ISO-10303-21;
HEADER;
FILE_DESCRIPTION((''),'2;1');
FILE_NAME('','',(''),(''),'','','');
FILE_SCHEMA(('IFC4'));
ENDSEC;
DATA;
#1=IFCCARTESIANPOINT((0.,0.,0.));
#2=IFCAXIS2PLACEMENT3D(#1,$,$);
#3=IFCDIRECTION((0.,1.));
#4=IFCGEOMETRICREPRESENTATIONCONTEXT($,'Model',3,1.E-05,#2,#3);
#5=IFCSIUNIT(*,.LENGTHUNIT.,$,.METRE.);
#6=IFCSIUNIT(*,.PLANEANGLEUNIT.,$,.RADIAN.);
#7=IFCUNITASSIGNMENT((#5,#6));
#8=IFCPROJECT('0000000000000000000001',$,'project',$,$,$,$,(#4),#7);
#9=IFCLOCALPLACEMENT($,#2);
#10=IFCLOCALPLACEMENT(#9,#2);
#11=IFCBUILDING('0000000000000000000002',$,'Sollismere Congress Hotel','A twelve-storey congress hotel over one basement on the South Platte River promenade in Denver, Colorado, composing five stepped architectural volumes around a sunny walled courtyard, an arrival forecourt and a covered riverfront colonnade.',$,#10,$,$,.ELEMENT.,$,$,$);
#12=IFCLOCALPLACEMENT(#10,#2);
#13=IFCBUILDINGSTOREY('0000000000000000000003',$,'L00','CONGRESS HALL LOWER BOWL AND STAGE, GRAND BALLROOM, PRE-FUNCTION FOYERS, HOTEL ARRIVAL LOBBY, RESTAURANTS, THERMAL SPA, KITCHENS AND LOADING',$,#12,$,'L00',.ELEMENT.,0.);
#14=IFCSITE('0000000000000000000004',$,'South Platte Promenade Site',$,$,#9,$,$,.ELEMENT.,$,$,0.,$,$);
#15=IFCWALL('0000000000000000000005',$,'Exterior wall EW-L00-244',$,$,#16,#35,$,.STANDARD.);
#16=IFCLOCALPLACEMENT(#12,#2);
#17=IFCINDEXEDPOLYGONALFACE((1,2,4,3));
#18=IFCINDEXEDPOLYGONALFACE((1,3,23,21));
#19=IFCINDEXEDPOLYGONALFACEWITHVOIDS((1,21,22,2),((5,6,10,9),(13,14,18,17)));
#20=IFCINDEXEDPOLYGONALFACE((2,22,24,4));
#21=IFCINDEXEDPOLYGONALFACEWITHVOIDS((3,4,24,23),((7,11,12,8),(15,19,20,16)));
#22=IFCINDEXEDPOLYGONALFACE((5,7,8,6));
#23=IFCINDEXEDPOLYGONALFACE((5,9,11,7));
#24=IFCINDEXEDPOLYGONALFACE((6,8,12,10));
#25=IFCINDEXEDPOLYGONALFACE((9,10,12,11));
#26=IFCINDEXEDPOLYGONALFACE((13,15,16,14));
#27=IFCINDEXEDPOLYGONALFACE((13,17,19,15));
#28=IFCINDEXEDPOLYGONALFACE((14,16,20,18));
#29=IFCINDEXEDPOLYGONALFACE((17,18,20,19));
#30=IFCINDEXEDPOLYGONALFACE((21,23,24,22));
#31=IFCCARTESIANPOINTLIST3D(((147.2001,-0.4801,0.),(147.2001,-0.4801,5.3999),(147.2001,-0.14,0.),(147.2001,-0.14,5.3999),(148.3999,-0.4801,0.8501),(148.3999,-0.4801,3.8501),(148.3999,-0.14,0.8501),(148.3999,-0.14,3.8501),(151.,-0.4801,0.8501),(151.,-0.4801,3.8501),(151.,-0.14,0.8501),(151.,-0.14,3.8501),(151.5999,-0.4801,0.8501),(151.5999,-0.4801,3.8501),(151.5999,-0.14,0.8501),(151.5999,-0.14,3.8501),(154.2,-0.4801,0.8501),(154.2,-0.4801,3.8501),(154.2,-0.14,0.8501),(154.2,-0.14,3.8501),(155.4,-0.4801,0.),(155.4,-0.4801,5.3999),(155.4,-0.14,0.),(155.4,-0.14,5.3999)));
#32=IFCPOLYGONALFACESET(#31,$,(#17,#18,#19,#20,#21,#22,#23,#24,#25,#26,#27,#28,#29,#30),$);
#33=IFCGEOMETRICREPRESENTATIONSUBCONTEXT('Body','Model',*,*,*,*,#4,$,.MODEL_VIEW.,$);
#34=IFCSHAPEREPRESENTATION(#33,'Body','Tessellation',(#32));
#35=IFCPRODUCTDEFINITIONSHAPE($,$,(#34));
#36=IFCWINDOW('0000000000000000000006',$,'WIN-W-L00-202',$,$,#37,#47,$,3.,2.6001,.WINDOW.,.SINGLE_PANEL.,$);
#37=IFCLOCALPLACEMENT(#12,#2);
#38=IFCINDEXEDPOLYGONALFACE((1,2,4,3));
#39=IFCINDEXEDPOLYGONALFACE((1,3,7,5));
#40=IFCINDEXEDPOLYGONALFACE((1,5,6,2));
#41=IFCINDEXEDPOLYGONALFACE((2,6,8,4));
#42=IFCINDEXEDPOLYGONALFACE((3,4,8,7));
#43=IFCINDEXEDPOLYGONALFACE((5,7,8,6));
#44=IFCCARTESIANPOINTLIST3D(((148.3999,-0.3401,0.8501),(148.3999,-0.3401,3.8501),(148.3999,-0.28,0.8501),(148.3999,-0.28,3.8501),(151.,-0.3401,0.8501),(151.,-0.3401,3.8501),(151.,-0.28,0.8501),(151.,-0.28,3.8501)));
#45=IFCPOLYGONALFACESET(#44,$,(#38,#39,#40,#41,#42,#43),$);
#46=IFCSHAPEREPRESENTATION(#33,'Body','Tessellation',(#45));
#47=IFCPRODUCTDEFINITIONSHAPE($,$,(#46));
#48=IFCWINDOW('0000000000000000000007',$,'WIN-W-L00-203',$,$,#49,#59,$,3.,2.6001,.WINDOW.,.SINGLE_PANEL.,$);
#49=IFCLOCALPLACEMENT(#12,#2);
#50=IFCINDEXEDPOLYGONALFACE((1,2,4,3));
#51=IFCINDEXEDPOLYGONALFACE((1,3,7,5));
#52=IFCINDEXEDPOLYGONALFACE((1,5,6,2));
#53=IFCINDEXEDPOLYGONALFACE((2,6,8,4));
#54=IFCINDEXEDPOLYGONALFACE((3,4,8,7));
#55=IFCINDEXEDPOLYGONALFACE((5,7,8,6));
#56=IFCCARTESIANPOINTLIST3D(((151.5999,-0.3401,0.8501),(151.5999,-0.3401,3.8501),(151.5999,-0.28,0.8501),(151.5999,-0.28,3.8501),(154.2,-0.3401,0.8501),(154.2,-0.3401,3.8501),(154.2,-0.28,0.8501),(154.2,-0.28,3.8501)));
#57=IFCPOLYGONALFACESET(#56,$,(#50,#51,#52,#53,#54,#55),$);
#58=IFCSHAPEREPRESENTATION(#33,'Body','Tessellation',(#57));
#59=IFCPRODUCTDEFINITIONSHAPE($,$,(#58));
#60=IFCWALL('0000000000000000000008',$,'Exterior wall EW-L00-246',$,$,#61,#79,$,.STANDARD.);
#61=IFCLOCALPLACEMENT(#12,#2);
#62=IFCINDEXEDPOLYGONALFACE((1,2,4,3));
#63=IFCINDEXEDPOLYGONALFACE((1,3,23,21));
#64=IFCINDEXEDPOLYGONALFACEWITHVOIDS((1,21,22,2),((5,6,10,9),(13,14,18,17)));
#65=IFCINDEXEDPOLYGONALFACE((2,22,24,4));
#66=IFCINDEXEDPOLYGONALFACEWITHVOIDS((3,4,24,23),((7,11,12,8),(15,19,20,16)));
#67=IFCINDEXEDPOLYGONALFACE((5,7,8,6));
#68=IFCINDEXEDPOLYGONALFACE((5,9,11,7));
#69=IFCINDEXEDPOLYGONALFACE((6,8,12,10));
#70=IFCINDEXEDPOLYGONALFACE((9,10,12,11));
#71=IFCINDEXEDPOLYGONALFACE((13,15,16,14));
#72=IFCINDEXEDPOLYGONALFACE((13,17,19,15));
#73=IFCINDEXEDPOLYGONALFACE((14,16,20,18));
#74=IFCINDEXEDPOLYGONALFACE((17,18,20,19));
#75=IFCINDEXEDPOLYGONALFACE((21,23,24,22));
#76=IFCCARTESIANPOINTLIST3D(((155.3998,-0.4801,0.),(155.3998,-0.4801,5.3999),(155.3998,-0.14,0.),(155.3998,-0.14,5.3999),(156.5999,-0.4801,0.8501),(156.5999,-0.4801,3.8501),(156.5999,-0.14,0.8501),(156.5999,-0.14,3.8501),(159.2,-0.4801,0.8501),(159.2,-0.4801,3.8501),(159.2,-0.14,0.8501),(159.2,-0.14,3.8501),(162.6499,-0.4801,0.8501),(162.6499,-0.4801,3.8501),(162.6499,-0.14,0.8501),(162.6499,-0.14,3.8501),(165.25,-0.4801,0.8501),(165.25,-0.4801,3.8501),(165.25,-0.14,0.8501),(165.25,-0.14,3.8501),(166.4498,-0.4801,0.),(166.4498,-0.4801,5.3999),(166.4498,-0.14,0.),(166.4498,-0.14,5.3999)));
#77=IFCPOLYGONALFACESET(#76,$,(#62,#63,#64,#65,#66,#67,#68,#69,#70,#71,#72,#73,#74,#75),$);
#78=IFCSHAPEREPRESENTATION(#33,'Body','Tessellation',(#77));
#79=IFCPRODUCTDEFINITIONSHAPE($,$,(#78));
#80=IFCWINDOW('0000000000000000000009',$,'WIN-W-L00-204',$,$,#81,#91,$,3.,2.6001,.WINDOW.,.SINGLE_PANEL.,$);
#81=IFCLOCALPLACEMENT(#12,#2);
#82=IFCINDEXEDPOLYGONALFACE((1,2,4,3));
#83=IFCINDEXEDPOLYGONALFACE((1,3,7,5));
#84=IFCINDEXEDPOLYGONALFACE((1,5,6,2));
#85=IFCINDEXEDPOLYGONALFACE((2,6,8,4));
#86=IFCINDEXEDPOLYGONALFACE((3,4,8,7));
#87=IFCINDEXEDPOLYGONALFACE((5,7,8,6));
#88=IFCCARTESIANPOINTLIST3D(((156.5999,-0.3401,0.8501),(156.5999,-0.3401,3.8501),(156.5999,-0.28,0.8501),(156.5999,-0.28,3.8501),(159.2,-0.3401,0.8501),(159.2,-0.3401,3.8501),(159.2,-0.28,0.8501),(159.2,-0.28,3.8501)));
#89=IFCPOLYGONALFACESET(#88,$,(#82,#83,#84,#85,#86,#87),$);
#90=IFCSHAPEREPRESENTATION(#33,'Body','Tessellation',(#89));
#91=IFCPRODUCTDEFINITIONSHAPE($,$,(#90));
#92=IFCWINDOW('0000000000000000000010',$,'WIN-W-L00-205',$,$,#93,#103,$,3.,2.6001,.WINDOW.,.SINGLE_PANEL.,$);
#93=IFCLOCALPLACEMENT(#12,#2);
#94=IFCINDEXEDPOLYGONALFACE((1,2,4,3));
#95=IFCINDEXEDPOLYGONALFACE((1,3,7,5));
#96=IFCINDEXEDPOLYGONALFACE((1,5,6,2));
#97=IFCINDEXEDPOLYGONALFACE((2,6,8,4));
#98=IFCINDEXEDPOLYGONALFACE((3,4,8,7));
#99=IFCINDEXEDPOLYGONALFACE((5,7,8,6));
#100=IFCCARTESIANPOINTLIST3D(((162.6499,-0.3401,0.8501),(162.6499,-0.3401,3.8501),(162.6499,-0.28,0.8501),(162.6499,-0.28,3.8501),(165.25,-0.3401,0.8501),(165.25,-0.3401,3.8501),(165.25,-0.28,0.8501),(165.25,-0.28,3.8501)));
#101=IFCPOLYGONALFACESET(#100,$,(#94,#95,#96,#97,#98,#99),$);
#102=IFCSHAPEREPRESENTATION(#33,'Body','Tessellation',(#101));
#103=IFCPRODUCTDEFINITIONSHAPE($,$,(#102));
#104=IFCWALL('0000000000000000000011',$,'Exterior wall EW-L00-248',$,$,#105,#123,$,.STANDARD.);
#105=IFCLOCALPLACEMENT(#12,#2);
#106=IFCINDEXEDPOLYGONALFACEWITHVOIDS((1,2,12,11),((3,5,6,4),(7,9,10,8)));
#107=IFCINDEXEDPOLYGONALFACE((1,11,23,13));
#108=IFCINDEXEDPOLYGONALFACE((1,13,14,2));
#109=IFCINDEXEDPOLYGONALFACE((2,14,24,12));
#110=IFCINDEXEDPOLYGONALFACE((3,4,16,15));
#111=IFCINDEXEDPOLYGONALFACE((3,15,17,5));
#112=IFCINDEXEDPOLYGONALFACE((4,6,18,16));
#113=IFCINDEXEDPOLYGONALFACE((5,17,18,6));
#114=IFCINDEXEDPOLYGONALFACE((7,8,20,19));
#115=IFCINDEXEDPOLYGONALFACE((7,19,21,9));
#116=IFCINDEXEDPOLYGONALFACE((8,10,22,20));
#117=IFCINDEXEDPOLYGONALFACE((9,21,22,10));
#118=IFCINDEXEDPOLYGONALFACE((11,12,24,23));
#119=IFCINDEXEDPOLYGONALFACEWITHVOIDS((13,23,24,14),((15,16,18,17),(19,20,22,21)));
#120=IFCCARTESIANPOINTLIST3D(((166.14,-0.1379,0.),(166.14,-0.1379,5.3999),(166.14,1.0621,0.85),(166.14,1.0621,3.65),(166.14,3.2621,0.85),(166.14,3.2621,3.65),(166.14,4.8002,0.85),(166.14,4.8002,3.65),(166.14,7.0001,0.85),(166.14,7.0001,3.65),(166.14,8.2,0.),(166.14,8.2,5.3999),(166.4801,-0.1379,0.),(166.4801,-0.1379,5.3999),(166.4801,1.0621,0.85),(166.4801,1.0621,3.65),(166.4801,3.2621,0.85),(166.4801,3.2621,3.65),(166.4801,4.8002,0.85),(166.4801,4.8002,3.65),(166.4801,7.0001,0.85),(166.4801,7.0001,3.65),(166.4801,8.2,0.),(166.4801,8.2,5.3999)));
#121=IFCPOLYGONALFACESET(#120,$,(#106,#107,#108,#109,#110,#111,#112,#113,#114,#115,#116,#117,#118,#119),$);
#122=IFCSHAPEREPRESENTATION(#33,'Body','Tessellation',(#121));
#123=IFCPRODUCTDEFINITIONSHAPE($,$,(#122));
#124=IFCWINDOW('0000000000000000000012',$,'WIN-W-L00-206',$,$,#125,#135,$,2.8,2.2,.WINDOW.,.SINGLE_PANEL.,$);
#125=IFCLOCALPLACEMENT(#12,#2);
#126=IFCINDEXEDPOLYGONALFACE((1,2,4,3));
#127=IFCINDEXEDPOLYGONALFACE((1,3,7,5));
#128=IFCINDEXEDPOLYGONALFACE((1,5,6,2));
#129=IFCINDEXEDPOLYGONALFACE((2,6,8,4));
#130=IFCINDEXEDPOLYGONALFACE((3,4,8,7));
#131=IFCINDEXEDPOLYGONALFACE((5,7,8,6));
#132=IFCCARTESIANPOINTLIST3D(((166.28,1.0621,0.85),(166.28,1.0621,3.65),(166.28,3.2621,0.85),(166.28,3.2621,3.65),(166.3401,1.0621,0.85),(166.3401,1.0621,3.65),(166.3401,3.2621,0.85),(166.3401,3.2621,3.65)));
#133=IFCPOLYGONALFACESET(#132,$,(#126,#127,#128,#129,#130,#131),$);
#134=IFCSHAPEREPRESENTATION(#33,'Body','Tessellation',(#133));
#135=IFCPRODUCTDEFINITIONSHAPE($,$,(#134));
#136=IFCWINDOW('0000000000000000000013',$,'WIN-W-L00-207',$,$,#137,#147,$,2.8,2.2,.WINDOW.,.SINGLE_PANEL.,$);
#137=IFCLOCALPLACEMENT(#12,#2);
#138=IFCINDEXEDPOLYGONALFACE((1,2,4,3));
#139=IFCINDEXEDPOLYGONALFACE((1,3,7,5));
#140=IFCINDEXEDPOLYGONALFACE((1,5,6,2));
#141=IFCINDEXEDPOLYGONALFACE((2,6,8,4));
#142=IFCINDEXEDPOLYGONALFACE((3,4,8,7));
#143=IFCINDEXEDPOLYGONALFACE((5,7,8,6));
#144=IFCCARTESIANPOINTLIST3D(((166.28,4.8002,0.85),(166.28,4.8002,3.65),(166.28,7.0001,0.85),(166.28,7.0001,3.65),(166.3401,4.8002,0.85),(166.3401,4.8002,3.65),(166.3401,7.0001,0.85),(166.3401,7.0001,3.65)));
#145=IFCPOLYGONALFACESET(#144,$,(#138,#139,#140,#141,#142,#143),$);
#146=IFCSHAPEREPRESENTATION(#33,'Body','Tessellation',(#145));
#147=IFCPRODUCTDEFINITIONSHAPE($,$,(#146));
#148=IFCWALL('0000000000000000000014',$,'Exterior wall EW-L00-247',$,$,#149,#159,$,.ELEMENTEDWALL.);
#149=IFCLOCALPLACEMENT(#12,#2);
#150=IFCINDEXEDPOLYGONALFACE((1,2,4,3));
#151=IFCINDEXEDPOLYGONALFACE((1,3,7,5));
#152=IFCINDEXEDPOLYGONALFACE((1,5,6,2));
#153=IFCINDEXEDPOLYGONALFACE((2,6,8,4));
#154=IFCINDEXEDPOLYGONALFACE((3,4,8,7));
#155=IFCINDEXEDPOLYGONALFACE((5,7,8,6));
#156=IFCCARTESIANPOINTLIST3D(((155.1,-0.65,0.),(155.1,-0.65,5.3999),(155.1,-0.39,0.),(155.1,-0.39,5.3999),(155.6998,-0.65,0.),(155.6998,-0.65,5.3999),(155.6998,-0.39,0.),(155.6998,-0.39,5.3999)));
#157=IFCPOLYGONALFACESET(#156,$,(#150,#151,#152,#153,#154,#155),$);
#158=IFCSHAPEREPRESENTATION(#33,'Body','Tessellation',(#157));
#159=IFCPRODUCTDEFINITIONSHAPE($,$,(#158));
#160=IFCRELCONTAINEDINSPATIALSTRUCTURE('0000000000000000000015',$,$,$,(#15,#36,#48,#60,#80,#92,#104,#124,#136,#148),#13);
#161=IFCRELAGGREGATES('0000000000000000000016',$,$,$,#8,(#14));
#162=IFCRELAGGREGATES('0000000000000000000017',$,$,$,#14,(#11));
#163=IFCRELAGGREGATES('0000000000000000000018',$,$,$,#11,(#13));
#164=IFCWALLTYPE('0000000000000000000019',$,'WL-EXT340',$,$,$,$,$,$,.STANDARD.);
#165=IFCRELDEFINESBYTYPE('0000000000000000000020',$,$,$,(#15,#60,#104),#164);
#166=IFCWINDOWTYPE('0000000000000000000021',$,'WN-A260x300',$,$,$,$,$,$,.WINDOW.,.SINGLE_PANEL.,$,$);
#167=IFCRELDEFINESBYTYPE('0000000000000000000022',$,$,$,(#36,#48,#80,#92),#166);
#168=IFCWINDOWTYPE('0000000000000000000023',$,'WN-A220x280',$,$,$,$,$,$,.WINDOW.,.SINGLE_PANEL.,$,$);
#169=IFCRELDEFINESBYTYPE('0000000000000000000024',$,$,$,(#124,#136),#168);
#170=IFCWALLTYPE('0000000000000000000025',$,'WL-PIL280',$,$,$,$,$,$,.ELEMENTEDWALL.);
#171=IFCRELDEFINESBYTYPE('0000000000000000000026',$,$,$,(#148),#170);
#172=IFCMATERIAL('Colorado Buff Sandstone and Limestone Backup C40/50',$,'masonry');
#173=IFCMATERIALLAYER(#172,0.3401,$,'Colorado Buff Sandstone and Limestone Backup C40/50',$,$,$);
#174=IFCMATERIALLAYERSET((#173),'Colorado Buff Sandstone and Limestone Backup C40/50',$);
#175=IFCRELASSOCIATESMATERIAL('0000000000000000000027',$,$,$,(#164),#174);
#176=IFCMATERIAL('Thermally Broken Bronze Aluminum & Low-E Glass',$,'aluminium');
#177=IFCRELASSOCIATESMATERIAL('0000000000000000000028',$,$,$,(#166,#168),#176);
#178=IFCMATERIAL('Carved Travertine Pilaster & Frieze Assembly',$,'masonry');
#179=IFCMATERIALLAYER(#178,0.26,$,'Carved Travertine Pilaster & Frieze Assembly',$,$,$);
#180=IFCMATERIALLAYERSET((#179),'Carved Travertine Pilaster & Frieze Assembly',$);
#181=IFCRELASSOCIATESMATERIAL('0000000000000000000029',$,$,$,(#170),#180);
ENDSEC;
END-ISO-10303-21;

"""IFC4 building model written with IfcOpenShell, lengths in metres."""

from ifc_helpers import new_model, si_unit, direction, frame, frame_2d, origin, place, context, subcontext, project, spatial, rectangle, extrude, material, layer, layer_set, type_object, element, fill, save


model = new_model("IFC4")

# Units and contexts
model_context = context("Model", 3, precision=1e-05, world=origin(), true_north=direction((0.0, 1.0)))
body_context = subcontext(model_context, "Body", "Model", "MODEL_VIEW")
ifc_project = project(units=[si_unit("LENGTHUNIT", "METRE"), si_unit("PLANEANGLEUNIT", "RADIAN")], contexts=[model_context])

# Site, building, storey
site_placement = place(None, origin())
site = spatial("IfcSite", under=ifc_project, at=site_placement, Name="South Platte Promenade Site", CompositionType="ELEMENT", RefElevation=0.0)
building_placement = place(site_placement, origin())
building = spatial("IfcBuilding", under=site, at=building_placement, Name="Sollismere Congress Hotel", Description="A twelve-storey congress hotel over one basement on the South Platte River promenade in Denver, Colorado, composing five stepped architectural volumes around a sunny walled courtyard, an arrival forecourt and a covered riverfront colonnade.", CompositionType="ELEMENT")
storey_placement = place(building_placement, origin())
storey = spatial("IfcBuildingStorey", under=building, at=storey_placement, Name="L00", Description="CONGRESS HALL LOWER BOWL AND STAGE, GRAND BALLROOM, PRE-FUNCTION FOYERS, HOTEL ARRIVAL LOBBY, RESTAURANTS, THERMAL SPA, KITCHENS AND LOADING", LongName="L00", CompositionType="ELEMENT", Elevation=0.0)

# Walls, openings, windows
ifc_material_1 = material(Name="Colorado Buff Sandstone and Limestone Backup C40/50", Category="masonry")
ifc_layer_1 = layer(ifc_material_1, 0.3401, Name="Colorado Buff Sandstone and Limestone Backup C40/50")
ifc_layer_set_1 = layer_set([ifc_layer_1], Name="Colorado Buff Sandstone and Limestone Backup C40/50")
wall_type_1 = type_object("IfcWallType", Name="WL-EXT340", PredefinedType="STANDARD", material=ifc_layer_set_1)
wall_1_placement = place(storey_placement, frame((147.2, -0.3101, 0.0), z_axis=(0.0, 0.0, 1.0), x_axis=(1.0, 0.0, 0.0)))
wall_1 = element("IfcWall", 1, at=wall_1_placement, inside=storey, type_object=wall_type_1, Name="Exterior wall EW-L00-244", PredefinedType="STANDARD", context=body_context, shape_type="SweptSolid", body=[
    extrude(rectangle(XDim=8.2, YDim=0.3401, at=frame_2d((4.1001, 0.0))), origin(), (0.0, 0.0, 1.0), 5.3999),
])
opening_1_placement = place(wall_1_placement, frame((1.2, 0.0, 0.8501)))
opening_1 = element("IfcOpeningElement", 2, at=opening_1_placement, cuts=wall_1, PredefinedType="OPENING", context=body_context, shape_type="SweptSolid", body=[
    extrude(rectangle(XDim=2.6001, YDim=3.0, at=frame_2d((1.3, 1.5))), frame((0.0, 0.1799, 0.0), z_axis=(0.0, -1.0, 0.0), x_axis=(1.0, 0.0, 0.0)), (0.0, 0.0, 1.0), 0.3601),
])
opening_2_placement = place(wall_1_placement, frame((4.3999, 0.0, 0.8501)))
opening_2 = element("IfcOpeningElement", 3, at=opening_2_placement, cuts=wall_1, PredefinedType="OPENING", context=body_context, shape_type="SweptSolid", body=[
    extrude(rectangle(XDim=2.6001, YDim=3.0, at=frame_2d((1.3, 1.5))), frame((0.0, 0.1799, 0.0), z_axis=(0.0, -1.0, 0.0), x_axis=(1.0, 0.0, 0.0)), (0.0, 0.0, 1.0), 0.3601),
])
ifc_material_2 = material(Name="Thermally Broken Bronze Aluminum & Low-E Glass", Category="aluminium")
window_type_1 = type_object("IfcWindowType", Name="WN-A260x300", PartitioningType="SINGLE_PANEL", PredefinedType="WINDOW", material=ifc_material_2)
window_1_placement = place(opening_1_placement, origin())
window_1 = element("IfcWindow", 4, at=window_1_placement, inside=storey, type_object=window_type_1, Name="WIN-W-L00-202", OverallHeight=3.0, OverallWidth=2.6001, PartitioningType="SINGLE_PANEL", PredefinedType="WINDOW", context=body_context, shape_type="SweptSolid", body=[
    extrude(rectangle(XDim=2.6001, YDim=3.0, at=frame_2d((1.3, 1.5))), frame((0.0, 0.03, 0.0), z_axis=(0.0, -1.0, 0.0), x_axis=(1.0, 0.0, 0.0)), (0.0, 0.0, 1.0), 0.0601),
])
fill(opening_1, window_1)
window_2_placement = place(opening_2_placement, origin())
window_2 = element("IfcWindow", 5, at=window_2_placement, inside=storey, type_object=window_type_1, Name="WIN-W-L00-203", OverallHeight=3.0, OverallWidth=2.6001, PartitioningType="SINGLE_PANEL", PredefinedType="WINDOW", context=body_context, shape_type="SweptSolid", body=[
    extrude(rectangle(XDim=2.6001, YDim=3.0, at=frame_2d((1.3, 1.5))), frame((0.0, 0.03, 0.0), z_axis=(0.0, -1.0, 0.0), x_axis=(1.0, 0.0, 0.0)), (0.0, 0.0, 1.0), 0.0601),
])
fill(opening_2, window_2)
wall_2_placement = place(storey_placement, frame((155.3999, -0.3101, 0.0), z_axis=(0.0, 0.0, 1.0), x_axis=(1.0, 0.0, 0.0)))
wall_2 = element("IfcWall", 6, at=wall_2_placement, inside=storey, type_object=wall_type_1, Name="Exterior wall EW-L00-246", PredefinedType="STANDARD", context=body_context, shape_type="SweptSolid", body=[
    extrude(rectangle(XDim=11.05, YDim=0.3401, at=frame_2d((5.5249, 0.0))), origin(), (0.0, 0.0, 1.0), 5.3999),
])
opening_3_placement = place(wall_2_placement, frame((1.2, 0.0, 0.8501)))
opening_3 = element("IfcOpeningElement", 7, at=opening_3_placement, cuts=wall_2, PredefinedType="OPENING", context=body_context, shape_type="SweptSolid", body=[
    extrude(rectangle(XDim=2.6001, YDim=3.0, at=frame_2d((1.3, 1.5))), frame((0.0, 0.1799, 0.0), z_axis=(0.0, -1.0, 0.0), x_axis=(1.0, 0.0, 0.0)), (0.0, 0.0, 1.0), 0.3601),
])
opening_4_placement = place(wall_2_placement, frame((7.25, 0.0, 0.8501)))
opening_4 = element("IfcOpeningElement", 8, at=opening_4_placement, cuts=wall_2, PredefinedType="OPENING", context=body_context, shape_type="SweptSolid", body=[
    extrude(rectangle(XDim=2.6001, YDim=3.0, at=frame_2d((1.3, 1.5))), frame((0.0, 0.1799, 0.0), z_axis=(0.0, -1.0, 0.0), x_axis=(1.0, 0.0, 0.0)), (0.0, 0.0, 1.0), 0.3601),
])
window_3_placement = place(opening_3_placement, origin())
window_3 = element("IfcWindow", 9, at=window_3_placement, inside=storey, type_object=window_type_1, Name="WIN-W-L00-204", OverallHeight=3.0, OverallWidth=2.6001, PartitioningType="SINGLE_PANEL", PredefinedType="WINDOW", context=body_context, shape_type="SweptSolid", body=[
    extrude(rectangle(XDim=2.6001, YDim=3.0, at=frame_2d((1.3, 1.5))), frame((0.0, 0.03, 0.0), z_axis=(0.0, -1.0, 0.0), x_axis=(1.0, 0.0, 0.0)), (0.0, 0.0, 1.0), 0.0601),
])
fill(opening_3, window_3)
window_4_placement = place(opening_4_placement, origin())
window_4 = element("IfcWindow", 10, at=window_4_placement, inside=storey, type_object=window_type_1, Name="WIN-W-L00-205", OverallHeight=3.0, OverallWidth=2.6001, PartitioningType="SINGLE_PANEL", PredefinedType="WINDOW", context=body_context, shape_type="SweptSolid", body=[
    extrude(rectangle(XDim=2.6001, YDim=3.0, at=frame_2d((1.3, 1.5))), frame((0.0, 0.03, 0.0), z_axis=(0.0, -1.0, 0.0), x_axis=(1.0, 0.0, 0.0)), (0.0, 0.0, 1.0), 0.0601),
])
fill(opening_4, window_4)
wall_3_placement = place(storey_placement, frame((166.3101, -0.1379, 0.0), z_axis=(0.0, 0.0, 1.0), x_axis=(0.0, 1.0, 0.0)))
wall_3 = element("IfcWall", 11, at=wall_3_placement, inside=storey, type_object=wall_type_1, Name="Exterior wall EW-L00-248", PredefinedType="STANDARD", context=body_context, shape_type="SweptSolid", body=[
    extrude(rectangle(XDim=8.3379, YDim=0.3401, at=frame_2d((4.1689, 0.0))), origin(), (0.0, 0.0, 1.0), 5.3999),
])
opening_5_placement = place(wall_3_placement, frame((1.2, 0.0, 0.8501)))
opening_5 = element("IfcOpeningElement", 12, at=opening_5_placement, cuts=wall_3, PredefinedType="OPENING", context=body_context, shape_type="SweptSolid", body=[
    extrude(rectangle(XDim=2.2, YDim=2.8, at=frame_2d((1.1001, 1.3999))), frame((0.0, 0.1799, 0.0), z_axis=(0.0, -1.0, 0.0), x_axis=(1.0, 0.0, 0.0)), (0.0, 0.0, 1.0), 0.3601),
])
opening_6_placement = place(wall_3_placement, frame((4.938, 0.0, 0.8501)))
opening_6 = element("IfcOpeningElement", 13, at=opening_6_placement, cuts=wall_3, PredefinedType="OPENING", context=body_context, shape_type="SweptSolid", body=[
    extrude(rectangle(XDim=2.2, YDim=2.8, at=frame_2d((1.1001, 1.3999))), frame((0.0, 0.1799, 0.0), z_axis=(0.0, -1.0, 0.0), x_axis=(1.0, 0.0, 0.0)), (0.0, 0.0, 1.0), 0.3601),
])
window_type_2 = type_object("IfcWindowType", Name="WN-A220x280", PartitioningType="SINGLE_PANEL", PredefinedType="WINDOW", material=ifc_material_2)
window_5_placement = place(opening_5_placement, origin())
window_5 = element("IfcWindow", 14, at=window_5_placement, inside=storey, type_object=window_type_2, Name="WIN-W-L00-206", OverallHeight=2.8, OverallWidth=2.2, PartitioningType="SINGLE_PANEL", PredefinedType="WINDOW", context=body_context, shape_type="SweptSolid", body=[
    extrude(rectangle(XDim=2.2, YDim=2.8, at=frame_2d((1.1001, 1.3999))), frame((0.0, 0.03, 0.0), z_axis=(0.0, -1.0, 0.0), x_axis=(1.0, 0.0, 0.0)), (0.0, 0.0, 1.0), 0.0601),
])
fill(opening_5, window_5)
window_6_placement = place(opening_6_placement, origin())
window_6 = element("IfcWindow", 15, at=window_6_placement, inside=storey, type_object=window_type_2, Name="WIN-W-L00-207", OverallHeight=2.8, OverallWidth=2.2, PartitioningType="SINGLE_PANEL", PredefinedType="WINDOW", context=body_context, shape_type="SweptSolid", body=[
    extrude(rectangle(XDim=2.2, YDim=2.8, at=frame_2d((1.1001, 1.3999))), frame((0.0, 0.03, 0.0), z_axis=(0.0, -1.0, 0.0), x_axis=(1.0, 0.0, 0.0)), (0.0, 0.0, 1.0), 0.0601),
])
fill(opening_6, window_6)

# Wall
ifc_material_3 = material(Name="Carved Travertine Pilaster & Frieze Assembly", Category="masonry")
ifc_layer_2 = layer(ifc_material_3, 0.26, Name="Carved Travertine Pilaster & Frieze Assembly")
ifc_layer_set_2 = layer_set([ifc_layer_2], Name="Carved Travertine Pilaster & Frieze Assembly")
wall_type_2 = type_object("IfcWallType", Name="WL-PIL280", PredefinedType="ELEMENTEDWALL", material=ifc_layer_set_2)
wall_4_placement = place(storey_placement, frame((155.1001, -0.52, 0.0), z_axis=(0.0, 0.0, 1.0), x_axis=(1.0, 0.0, 0.0)))
element("IfcWall", 16, at=wall_4_placement, inside=storey, type_object=wall_type_2, Name="Exterior wall EW-L00-247", PredefinedType="ELEMENTEDWALL", context=body_context, shape_type="SweptSolid", body=[
    extrude(rectangle(XDim=0.5999, YDim=0.26, at=frame_2d((0.2998, 0.0))), origin(), (0.0, 0.0, 1.0), 5.3999),
])

save(model, "model.ifc")
